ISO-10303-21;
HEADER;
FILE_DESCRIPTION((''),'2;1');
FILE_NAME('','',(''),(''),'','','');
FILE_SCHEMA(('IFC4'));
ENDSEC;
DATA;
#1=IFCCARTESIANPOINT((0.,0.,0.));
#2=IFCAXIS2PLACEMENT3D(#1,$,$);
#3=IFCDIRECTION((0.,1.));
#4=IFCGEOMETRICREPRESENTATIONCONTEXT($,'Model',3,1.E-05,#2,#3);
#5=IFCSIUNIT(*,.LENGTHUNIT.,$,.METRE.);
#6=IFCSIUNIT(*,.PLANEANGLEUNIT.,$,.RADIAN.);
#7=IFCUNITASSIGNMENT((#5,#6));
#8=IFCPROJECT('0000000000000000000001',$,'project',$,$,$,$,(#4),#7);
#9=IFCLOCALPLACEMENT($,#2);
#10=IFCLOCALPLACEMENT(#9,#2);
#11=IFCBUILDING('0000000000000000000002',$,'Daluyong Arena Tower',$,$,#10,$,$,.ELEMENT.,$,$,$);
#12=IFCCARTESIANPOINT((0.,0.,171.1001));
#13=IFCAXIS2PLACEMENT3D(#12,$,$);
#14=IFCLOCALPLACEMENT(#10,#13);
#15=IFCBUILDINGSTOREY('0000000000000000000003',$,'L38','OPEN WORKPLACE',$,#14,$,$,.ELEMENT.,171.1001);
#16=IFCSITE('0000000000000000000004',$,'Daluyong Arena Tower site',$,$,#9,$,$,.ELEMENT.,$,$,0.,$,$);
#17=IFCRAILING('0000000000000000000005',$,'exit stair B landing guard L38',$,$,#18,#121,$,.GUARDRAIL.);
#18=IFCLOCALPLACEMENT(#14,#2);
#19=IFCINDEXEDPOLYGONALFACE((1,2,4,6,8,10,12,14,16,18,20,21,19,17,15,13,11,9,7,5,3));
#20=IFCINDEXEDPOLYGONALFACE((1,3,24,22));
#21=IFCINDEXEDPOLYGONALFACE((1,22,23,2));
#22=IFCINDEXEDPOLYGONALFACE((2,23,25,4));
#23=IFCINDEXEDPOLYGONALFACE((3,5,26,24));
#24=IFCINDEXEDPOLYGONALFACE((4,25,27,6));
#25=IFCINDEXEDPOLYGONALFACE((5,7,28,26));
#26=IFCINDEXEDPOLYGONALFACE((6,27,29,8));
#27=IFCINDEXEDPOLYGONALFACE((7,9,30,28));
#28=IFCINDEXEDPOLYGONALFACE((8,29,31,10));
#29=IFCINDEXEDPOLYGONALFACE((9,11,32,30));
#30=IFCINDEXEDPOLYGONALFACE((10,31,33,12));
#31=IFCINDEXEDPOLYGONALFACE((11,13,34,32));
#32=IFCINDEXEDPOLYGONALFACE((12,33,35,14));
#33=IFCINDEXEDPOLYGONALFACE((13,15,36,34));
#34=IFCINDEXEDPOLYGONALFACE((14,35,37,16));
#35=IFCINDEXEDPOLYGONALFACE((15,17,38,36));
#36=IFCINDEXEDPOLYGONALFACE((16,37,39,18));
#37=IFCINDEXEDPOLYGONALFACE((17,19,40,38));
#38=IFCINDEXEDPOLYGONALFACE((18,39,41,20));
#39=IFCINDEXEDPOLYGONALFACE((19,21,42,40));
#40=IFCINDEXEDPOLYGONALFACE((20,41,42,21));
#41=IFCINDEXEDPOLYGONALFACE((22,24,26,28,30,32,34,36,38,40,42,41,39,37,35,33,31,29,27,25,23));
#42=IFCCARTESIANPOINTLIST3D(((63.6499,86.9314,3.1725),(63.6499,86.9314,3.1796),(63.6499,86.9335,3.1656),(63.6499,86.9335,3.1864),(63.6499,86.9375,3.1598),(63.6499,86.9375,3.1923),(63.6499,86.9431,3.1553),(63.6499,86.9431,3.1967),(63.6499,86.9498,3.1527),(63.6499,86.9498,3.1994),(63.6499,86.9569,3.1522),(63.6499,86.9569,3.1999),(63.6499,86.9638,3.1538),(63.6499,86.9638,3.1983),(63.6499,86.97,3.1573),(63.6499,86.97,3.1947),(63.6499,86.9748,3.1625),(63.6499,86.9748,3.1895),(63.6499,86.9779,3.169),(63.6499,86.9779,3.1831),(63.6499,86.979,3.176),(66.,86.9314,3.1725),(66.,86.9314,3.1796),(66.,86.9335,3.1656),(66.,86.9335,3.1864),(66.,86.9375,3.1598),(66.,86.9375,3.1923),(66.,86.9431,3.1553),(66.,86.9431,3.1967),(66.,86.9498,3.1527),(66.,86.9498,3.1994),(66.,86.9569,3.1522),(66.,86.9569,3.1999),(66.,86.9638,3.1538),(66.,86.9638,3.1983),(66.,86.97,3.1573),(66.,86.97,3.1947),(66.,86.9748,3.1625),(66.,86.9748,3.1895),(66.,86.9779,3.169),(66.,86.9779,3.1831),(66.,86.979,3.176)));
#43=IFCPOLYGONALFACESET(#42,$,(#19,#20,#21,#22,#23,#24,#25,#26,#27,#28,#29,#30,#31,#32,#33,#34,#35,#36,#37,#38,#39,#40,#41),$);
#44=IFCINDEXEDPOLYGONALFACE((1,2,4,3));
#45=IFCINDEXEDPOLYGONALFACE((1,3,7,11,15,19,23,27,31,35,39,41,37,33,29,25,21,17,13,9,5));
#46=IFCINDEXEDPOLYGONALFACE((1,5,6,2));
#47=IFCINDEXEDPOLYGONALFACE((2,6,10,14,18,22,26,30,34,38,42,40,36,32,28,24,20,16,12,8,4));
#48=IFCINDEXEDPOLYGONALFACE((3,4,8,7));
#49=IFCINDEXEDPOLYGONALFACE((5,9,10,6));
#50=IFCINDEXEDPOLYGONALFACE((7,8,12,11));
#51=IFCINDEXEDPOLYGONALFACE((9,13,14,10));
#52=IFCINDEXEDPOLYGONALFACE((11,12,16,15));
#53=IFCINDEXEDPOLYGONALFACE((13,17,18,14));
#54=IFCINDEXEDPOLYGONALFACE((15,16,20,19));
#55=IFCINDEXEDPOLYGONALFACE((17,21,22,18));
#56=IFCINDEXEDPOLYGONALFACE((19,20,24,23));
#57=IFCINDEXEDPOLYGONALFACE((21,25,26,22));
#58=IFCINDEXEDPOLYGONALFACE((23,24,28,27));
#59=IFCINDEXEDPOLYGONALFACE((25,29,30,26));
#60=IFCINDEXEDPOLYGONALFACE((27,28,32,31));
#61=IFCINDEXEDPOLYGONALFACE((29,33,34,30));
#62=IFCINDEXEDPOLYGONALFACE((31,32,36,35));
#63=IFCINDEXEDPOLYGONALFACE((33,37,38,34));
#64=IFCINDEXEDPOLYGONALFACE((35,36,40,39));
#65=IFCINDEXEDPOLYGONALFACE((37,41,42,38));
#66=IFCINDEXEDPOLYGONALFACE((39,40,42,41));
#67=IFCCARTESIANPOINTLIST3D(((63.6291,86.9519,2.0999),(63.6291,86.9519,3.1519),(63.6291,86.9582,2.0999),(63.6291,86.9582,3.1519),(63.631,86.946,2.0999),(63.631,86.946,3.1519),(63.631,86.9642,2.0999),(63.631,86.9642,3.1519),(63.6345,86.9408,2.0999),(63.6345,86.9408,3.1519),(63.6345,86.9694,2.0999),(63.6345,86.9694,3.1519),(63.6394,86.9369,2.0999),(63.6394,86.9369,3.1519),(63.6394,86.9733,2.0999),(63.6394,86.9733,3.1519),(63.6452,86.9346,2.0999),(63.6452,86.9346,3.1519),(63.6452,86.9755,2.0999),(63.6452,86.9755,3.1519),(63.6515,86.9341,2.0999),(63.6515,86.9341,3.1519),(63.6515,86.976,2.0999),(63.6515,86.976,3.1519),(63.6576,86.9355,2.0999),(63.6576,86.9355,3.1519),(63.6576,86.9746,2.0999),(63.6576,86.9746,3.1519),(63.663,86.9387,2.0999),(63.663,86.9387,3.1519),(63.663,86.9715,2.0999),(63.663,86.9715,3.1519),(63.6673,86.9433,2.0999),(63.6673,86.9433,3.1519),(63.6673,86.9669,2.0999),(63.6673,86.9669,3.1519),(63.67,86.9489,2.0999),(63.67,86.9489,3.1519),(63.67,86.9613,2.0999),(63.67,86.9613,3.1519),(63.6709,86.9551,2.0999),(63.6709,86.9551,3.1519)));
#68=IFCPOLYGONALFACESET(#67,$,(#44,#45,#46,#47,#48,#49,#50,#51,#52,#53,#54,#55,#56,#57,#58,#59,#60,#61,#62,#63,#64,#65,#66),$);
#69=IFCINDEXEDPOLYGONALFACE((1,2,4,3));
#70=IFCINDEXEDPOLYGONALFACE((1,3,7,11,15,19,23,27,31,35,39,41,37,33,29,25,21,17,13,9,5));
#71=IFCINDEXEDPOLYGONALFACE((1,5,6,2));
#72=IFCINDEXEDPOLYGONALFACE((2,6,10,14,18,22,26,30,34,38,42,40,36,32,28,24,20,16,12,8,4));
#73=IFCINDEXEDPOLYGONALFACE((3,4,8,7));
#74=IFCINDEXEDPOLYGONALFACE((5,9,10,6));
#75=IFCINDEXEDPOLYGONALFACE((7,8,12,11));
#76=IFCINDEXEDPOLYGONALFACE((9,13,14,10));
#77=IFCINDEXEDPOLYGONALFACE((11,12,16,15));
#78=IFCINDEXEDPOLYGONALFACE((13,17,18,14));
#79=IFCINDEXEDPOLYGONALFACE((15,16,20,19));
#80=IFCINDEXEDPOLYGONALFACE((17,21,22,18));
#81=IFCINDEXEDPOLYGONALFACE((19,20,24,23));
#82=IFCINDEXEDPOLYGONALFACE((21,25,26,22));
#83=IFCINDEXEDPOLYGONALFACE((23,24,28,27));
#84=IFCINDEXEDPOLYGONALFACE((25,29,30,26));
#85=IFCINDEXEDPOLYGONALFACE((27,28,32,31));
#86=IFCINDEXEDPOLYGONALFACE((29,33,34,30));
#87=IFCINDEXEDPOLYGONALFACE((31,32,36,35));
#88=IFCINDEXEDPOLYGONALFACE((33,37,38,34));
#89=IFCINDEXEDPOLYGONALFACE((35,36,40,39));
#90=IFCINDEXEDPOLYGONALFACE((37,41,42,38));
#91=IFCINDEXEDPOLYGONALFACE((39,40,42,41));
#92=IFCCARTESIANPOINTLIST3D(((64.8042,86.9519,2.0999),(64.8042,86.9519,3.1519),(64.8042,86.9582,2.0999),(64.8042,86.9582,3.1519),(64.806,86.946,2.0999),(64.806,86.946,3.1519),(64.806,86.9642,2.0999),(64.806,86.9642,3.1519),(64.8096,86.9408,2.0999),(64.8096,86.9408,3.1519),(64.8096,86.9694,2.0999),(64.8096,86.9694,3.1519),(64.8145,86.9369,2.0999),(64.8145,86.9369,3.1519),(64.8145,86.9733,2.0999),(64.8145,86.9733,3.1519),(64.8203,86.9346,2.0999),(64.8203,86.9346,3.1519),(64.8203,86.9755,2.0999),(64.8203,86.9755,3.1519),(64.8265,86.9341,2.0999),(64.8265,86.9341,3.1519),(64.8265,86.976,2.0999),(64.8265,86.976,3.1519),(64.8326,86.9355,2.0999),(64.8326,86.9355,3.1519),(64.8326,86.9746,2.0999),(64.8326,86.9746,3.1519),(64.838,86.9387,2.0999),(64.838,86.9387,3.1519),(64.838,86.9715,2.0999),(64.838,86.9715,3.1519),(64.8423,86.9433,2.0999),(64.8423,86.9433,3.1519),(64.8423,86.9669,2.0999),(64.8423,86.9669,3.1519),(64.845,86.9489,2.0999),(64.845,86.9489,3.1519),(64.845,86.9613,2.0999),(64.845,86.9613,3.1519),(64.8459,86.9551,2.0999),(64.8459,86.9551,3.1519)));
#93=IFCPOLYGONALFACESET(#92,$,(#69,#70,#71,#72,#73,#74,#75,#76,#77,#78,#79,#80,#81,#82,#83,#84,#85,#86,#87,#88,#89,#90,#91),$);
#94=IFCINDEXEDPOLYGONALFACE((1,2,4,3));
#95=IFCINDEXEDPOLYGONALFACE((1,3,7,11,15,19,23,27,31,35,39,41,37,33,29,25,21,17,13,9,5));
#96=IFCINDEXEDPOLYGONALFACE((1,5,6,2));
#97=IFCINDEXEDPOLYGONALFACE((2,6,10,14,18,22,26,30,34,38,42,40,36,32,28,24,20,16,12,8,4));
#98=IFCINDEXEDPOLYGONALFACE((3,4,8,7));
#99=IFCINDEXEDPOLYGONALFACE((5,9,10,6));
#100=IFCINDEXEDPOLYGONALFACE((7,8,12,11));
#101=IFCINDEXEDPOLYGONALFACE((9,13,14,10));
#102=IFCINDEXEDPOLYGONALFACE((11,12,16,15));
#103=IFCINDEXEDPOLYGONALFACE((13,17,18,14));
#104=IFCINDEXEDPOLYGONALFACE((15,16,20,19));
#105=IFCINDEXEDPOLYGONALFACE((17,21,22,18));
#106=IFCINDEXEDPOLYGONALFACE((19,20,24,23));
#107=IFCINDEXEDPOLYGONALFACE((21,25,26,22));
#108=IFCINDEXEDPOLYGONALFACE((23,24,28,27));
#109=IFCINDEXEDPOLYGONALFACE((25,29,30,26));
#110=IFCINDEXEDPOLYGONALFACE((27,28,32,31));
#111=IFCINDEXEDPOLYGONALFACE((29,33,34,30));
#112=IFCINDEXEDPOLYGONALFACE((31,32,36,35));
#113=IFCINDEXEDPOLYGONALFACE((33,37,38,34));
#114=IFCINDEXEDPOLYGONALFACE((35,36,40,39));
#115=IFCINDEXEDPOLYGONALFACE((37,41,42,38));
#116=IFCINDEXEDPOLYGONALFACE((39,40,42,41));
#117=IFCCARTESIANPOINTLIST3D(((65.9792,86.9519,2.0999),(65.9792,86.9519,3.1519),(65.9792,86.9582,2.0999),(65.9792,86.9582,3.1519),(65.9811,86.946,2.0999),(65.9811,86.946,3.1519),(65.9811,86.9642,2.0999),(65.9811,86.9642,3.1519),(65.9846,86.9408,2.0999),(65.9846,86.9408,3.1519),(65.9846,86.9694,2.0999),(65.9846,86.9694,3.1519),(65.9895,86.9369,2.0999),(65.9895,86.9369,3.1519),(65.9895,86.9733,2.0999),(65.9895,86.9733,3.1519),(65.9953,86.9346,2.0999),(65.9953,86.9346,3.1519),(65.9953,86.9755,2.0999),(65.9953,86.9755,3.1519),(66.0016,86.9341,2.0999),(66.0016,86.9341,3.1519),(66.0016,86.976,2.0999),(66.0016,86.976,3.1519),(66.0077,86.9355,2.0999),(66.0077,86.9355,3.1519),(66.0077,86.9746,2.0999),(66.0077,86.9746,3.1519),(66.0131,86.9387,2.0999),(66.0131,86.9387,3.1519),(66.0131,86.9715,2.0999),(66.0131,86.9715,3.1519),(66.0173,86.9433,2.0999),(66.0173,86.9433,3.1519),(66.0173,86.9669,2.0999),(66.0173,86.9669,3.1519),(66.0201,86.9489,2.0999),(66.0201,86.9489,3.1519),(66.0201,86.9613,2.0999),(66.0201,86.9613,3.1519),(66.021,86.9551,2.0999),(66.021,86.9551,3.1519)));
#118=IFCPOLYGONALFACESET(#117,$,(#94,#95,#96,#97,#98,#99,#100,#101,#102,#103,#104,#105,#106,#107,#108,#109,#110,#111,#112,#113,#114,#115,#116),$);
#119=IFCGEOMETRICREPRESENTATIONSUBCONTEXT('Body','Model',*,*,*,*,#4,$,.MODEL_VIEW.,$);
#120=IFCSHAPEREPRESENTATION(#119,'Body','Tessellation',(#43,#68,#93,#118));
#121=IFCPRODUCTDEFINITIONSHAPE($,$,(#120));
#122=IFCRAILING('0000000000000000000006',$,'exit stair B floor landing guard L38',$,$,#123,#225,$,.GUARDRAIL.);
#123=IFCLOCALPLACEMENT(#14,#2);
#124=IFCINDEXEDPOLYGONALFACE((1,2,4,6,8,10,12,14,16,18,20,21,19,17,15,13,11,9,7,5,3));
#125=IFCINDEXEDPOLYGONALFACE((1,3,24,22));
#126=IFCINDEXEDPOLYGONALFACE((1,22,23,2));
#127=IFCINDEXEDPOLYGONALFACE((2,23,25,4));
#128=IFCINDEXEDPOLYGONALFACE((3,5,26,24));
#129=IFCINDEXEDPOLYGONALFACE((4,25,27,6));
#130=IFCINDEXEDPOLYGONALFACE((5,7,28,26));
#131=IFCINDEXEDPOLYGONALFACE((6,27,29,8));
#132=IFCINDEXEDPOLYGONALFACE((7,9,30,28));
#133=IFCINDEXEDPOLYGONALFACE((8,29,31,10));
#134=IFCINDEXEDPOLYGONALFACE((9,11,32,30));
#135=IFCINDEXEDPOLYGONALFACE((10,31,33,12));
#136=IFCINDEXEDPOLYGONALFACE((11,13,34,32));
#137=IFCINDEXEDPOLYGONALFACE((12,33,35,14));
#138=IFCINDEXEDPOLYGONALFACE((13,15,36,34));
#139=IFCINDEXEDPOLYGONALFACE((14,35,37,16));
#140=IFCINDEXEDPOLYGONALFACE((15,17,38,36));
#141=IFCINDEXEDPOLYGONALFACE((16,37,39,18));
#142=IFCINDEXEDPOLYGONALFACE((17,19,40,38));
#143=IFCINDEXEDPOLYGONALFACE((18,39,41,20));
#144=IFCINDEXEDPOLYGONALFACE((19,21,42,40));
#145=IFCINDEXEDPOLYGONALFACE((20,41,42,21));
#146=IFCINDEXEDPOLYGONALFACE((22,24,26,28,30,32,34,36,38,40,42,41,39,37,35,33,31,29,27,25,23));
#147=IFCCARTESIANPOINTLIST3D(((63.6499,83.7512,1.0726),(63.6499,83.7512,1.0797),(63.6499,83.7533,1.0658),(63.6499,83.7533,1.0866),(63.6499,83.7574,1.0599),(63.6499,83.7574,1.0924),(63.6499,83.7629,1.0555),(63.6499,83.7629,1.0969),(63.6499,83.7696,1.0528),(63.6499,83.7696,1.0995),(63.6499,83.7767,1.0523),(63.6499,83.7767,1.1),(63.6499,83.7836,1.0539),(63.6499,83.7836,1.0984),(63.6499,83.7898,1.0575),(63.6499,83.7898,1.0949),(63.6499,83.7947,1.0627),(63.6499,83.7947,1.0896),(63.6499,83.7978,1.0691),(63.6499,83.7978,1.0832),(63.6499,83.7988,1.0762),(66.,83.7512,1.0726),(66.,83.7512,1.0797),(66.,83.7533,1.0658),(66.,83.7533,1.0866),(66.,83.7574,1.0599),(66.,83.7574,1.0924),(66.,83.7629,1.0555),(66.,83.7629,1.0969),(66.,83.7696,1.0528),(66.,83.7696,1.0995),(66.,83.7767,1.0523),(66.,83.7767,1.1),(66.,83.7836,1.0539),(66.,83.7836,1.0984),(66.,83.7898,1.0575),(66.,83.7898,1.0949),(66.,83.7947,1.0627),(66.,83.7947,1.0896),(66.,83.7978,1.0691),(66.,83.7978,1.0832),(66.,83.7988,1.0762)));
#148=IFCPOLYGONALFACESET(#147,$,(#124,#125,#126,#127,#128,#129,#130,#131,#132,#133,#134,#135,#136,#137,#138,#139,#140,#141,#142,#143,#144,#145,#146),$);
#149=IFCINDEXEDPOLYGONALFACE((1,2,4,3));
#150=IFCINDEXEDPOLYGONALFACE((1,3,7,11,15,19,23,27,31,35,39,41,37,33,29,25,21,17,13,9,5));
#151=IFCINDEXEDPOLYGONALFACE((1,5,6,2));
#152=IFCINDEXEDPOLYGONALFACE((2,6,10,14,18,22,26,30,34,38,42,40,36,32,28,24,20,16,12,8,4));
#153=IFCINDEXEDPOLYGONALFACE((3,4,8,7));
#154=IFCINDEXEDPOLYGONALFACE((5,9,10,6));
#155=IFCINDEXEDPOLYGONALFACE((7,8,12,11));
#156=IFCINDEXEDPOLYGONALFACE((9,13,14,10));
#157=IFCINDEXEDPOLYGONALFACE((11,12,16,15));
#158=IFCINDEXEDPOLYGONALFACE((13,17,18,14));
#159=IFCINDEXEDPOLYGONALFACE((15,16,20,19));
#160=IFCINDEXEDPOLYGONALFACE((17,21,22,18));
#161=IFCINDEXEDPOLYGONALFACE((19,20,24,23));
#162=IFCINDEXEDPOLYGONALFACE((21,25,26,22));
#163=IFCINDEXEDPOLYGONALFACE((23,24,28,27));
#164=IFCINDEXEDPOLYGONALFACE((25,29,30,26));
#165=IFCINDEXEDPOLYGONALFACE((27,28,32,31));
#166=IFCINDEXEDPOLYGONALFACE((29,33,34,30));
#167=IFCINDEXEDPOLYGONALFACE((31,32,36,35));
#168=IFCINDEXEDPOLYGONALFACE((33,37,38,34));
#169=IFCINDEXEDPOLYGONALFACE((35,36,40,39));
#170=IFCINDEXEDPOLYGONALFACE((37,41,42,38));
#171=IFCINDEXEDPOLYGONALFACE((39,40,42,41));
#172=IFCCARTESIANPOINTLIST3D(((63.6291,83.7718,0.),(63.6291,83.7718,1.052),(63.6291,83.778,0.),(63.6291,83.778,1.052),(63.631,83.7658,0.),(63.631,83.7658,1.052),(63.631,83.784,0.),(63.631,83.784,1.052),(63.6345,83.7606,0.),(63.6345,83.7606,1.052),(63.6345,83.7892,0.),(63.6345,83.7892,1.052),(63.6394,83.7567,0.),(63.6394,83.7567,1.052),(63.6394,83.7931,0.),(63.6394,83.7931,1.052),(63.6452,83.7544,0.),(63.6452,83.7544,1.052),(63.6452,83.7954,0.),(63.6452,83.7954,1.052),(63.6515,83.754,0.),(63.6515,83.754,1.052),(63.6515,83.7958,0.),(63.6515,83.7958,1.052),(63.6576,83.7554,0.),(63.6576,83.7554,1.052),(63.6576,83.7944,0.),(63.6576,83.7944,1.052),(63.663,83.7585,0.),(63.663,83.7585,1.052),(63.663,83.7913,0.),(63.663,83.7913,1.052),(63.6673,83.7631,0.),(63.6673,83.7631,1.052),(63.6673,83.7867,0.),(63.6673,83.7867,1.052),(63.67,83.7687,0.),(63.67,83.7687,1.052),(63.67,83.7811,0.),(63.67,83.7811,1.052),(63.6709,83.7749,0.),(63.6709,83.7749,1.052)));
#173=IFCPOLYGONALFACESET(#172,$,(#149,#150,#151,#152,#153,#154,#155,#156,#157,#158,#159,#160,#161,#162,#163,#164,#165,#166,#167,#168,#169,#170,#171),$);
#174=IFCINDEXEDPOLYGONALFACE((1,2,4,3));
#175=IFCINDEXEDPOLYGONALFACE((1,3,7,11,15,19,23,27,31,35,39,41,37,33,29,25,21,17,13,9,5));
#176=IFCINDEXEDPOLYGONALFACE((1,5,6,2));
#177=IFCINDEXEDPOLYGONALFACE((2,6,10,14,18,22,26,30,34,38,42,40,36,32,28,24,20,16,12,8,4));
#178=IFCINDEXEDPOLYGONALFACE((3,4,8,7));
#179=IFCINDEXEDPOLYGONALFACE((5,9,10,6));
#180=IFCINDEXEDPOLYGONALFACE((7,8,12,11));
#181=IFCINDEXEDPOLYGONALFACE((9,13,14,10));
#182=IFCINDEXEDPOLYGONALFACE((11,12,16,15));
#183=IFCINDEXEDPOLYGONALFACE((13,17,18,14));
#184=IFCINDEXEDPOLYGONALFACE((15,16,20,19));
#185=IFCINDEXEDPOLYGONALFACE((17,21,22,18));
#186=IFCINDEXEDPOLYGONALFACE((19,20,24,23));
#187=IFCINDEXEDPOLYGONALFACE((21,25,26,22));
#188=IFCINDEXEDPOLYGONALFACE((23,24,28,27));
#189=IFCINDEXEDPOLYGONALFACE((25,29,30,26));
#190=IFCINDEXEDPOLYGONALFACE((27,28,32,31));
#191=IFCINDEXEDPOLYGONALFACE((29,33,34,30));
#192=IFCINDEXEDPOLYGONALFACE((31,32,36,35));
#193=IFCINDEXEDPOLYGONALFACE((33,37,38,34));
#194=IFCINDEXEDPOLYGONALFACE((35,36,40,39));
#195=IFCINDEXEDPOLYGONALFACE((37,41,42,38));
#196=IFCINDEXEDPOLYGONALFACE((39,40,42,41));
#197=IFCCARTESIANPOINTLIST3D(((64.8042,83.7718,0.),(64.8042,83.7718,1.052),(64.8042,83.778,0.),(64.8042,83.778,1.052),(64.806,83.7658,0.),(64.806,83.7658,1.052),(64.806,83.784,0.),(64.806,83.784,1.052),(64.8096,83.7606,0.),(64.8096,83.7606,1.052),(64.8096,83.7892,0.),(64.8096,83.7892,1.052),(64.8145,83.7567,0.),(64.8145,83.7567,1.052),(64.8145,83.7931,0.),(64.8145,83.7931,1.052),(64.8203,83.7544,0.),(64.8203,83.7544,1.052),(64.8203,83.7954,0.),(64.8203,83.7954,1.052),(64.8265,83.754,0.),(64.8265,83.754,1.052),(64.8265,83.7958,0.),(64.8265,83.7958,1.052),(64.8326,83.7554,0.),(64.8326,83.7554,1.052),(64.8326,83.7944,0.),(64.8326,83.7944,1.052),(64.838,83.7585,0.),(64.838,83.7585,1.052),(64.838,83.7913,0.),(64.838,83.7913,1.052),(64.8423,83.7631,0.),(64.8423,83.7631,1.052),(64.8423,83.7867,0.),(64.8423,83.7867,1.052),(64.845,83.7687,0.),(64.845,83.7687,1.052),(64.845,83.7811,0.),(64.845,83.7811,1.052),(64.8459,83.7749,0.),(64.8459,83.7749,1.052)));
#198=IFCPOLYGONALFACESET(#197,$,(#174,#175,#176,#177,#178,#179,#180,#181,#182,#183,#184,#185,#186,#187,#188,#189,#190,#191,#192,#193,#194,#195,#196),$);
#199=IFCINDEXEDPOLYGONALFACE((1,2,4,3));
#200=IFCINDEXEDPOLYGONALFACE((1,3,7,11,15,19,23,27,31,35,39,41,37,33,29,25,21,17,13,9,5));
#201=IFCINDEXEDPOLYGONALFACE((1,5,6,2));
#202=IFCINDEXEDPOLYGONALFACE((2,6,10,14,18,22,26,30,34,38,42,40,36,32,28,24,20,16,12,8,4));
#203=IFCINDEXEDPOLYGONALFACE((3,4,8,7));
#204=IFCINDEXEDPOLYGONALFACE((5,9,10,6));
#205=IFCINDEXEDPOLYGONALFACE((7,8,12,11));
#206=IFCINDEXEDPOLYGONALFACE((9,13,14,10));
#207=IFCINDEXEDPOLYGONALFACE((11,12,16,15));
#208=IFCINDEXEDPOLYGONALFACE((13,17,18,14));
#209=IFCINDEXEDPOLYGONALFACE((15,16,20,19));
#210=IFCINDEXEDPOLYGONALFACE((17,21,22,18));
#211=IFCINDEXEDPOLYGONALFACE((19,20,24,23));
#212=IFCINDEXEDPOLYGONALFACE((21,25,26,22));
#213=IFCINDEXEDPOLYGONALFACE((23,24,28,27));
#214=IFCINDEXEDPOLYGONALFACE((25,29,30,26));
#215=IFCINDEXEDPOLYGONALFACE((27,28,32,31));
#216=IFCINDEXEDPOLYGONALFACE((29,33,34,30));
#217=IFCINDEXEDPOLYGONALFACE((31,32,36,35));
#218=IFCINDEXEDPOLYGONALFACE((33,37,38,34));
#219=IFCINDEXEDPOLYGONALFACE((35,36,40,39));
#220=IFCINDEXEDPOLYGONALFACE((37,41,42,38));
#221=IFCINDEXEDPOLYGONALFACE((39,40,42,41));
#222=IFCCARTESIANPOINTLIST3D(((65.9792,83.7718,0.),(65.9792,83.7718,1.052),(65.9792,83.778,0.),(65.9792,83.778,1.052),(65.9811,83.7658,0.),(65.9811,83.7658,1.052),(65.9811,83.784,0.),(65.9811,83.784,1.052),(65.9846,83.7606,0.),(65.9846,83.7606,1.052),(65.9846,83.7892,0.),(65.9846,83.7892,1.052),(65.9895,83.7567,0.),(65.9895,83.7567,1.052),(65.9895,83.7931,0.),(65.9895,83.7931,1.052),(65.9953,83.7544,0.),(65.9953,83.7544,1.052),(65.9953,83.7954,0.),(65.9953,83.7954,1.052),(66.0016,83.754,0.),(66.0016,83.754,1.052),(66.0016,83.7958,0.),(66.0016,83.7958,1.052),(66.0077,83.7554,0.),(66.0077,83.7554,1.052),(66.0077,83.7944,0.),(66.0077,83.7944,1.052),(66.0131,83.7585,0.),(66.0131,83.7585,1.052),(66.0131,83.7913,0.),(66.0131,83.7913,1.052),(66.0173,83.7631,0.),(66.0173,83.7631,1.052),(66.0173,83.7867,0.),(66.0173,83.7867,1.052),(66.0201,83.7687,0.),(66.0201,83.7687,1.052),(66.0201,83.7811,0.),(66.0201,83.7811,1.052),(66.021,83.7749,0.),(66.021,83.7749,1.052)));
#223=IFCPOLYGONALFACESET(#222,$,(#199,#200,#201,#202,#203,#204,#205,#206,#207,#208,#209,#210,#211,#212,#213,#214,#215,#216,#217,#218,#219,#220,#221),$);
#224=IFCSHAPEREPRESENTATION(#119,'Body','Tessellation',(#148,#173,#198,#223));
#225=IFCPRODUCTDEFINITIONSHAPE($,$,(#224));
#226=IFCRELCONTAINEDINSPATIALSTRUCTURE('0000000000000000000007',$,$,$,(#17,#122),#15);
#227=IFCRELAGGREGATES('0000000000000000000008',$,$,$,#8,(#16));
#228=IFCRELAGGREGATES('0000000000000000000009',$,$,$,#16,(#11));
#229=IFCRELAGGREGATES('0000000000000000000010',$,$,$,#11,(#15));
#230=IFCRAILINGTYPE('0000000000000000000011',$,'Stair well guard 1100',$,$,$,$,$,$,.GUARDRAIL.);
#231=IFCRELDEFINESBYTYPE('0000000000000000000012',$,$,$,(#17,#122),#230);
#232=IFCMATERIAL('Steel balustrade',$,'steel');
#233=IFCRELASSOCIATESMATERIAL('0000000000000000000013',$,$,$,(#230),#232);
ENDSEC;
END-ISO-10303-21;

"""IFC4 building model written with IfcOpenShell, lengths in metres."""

from ifc_helpers import new_model, si_unit, direction, frame, origin, origin_2d, place, context, subcontext, project, spatial, circle, extrude, material, type_object, element, save


model = new_model("IFC4")

# Units and contexts
model_context = context("Model", 3, precision=1e-05, world=origin(), true_north=direction((0.0, 1.0)))
body_context = subcontext(model_context, "Body", "Model", "MODEL_VIEW")
ifc_project = project(units=[si_unit("LENGTHUNIT", "METRE"), si_unit("PLANEANGLEUNIT", "RADIAN")], contexts=[model_context])

# Site, building, storey
site_placement = place(None, origin())
site = spatial("IfcSite", under=ifc_project, at=site_placement, Name="Daluyong Arena Tower site", CompositionType="ELEMENT", RefElevation=0.0)
building_placement = place(site_placement, origin())
building = spatial("IfcBuilding", under=site, at=building_placement, Name="Daluyong Arena Tower", CompositionType="ELEMENT")
storey_placement = place(building_placement, frame((0.0, 0.0, 171.1001)))
storey = spatial("IfcBuildingStorey", under=building, at=storey_placement, Name="L38", Description="OPEN WORKPLACE", CompositionType="ELEMENT", Elevation=171.1001)

# Railings
ifc_material_1 = material(Name="Steel balustrade", Category="steel")
railing_type_1 = type_object("IfcRailingType", Name="Stair well guard 1100", PredefinedType="GUARDRAIL", material=ifc_material_1)
for number, where, name in (
    (1, (63.6499, 86.9551, 2.0999), "exit stair B landing guard L38"),
    (2, (63.6499, 83.7749, 0.0), "exit stair B floor landing guard L38"),
):
    element("IfcRailing", number, at=place(storey_placement, frame(where)), inside=storey, type_object=railing_type_1, Name=name, PredefinedType="GUARDRAIL", context=body_context, shape_type="SweptSolid", body=[
        extrude(circle(Radius=0.0239, at=origin_2d()), frame((0.0, 0.0, 1.0762), z_axis=(1.0, 0.0, 0.0), x_axis=(0.0, 1.0, 0.0)), (0.0, 0.0, 1.0), 2.3501),
        extrude(circle(Radius=0.021, at=origin_2d()), origin(), (0.0, 0.0, 1.0), 1.052),
        extrude(circle(Radius=0.021, at=origin_2d()), frame((1.175, 0.0, 0.0)), (0.0, 0.0, 1.0), 1.052),
        extrude(circle(Radius=0.021, at=origin_2d()), frame((2.3501, 0.0, 0.0)), (0.0, 0.0, 1.0), 1.052),
    ])

save(model, "model.ifc")
